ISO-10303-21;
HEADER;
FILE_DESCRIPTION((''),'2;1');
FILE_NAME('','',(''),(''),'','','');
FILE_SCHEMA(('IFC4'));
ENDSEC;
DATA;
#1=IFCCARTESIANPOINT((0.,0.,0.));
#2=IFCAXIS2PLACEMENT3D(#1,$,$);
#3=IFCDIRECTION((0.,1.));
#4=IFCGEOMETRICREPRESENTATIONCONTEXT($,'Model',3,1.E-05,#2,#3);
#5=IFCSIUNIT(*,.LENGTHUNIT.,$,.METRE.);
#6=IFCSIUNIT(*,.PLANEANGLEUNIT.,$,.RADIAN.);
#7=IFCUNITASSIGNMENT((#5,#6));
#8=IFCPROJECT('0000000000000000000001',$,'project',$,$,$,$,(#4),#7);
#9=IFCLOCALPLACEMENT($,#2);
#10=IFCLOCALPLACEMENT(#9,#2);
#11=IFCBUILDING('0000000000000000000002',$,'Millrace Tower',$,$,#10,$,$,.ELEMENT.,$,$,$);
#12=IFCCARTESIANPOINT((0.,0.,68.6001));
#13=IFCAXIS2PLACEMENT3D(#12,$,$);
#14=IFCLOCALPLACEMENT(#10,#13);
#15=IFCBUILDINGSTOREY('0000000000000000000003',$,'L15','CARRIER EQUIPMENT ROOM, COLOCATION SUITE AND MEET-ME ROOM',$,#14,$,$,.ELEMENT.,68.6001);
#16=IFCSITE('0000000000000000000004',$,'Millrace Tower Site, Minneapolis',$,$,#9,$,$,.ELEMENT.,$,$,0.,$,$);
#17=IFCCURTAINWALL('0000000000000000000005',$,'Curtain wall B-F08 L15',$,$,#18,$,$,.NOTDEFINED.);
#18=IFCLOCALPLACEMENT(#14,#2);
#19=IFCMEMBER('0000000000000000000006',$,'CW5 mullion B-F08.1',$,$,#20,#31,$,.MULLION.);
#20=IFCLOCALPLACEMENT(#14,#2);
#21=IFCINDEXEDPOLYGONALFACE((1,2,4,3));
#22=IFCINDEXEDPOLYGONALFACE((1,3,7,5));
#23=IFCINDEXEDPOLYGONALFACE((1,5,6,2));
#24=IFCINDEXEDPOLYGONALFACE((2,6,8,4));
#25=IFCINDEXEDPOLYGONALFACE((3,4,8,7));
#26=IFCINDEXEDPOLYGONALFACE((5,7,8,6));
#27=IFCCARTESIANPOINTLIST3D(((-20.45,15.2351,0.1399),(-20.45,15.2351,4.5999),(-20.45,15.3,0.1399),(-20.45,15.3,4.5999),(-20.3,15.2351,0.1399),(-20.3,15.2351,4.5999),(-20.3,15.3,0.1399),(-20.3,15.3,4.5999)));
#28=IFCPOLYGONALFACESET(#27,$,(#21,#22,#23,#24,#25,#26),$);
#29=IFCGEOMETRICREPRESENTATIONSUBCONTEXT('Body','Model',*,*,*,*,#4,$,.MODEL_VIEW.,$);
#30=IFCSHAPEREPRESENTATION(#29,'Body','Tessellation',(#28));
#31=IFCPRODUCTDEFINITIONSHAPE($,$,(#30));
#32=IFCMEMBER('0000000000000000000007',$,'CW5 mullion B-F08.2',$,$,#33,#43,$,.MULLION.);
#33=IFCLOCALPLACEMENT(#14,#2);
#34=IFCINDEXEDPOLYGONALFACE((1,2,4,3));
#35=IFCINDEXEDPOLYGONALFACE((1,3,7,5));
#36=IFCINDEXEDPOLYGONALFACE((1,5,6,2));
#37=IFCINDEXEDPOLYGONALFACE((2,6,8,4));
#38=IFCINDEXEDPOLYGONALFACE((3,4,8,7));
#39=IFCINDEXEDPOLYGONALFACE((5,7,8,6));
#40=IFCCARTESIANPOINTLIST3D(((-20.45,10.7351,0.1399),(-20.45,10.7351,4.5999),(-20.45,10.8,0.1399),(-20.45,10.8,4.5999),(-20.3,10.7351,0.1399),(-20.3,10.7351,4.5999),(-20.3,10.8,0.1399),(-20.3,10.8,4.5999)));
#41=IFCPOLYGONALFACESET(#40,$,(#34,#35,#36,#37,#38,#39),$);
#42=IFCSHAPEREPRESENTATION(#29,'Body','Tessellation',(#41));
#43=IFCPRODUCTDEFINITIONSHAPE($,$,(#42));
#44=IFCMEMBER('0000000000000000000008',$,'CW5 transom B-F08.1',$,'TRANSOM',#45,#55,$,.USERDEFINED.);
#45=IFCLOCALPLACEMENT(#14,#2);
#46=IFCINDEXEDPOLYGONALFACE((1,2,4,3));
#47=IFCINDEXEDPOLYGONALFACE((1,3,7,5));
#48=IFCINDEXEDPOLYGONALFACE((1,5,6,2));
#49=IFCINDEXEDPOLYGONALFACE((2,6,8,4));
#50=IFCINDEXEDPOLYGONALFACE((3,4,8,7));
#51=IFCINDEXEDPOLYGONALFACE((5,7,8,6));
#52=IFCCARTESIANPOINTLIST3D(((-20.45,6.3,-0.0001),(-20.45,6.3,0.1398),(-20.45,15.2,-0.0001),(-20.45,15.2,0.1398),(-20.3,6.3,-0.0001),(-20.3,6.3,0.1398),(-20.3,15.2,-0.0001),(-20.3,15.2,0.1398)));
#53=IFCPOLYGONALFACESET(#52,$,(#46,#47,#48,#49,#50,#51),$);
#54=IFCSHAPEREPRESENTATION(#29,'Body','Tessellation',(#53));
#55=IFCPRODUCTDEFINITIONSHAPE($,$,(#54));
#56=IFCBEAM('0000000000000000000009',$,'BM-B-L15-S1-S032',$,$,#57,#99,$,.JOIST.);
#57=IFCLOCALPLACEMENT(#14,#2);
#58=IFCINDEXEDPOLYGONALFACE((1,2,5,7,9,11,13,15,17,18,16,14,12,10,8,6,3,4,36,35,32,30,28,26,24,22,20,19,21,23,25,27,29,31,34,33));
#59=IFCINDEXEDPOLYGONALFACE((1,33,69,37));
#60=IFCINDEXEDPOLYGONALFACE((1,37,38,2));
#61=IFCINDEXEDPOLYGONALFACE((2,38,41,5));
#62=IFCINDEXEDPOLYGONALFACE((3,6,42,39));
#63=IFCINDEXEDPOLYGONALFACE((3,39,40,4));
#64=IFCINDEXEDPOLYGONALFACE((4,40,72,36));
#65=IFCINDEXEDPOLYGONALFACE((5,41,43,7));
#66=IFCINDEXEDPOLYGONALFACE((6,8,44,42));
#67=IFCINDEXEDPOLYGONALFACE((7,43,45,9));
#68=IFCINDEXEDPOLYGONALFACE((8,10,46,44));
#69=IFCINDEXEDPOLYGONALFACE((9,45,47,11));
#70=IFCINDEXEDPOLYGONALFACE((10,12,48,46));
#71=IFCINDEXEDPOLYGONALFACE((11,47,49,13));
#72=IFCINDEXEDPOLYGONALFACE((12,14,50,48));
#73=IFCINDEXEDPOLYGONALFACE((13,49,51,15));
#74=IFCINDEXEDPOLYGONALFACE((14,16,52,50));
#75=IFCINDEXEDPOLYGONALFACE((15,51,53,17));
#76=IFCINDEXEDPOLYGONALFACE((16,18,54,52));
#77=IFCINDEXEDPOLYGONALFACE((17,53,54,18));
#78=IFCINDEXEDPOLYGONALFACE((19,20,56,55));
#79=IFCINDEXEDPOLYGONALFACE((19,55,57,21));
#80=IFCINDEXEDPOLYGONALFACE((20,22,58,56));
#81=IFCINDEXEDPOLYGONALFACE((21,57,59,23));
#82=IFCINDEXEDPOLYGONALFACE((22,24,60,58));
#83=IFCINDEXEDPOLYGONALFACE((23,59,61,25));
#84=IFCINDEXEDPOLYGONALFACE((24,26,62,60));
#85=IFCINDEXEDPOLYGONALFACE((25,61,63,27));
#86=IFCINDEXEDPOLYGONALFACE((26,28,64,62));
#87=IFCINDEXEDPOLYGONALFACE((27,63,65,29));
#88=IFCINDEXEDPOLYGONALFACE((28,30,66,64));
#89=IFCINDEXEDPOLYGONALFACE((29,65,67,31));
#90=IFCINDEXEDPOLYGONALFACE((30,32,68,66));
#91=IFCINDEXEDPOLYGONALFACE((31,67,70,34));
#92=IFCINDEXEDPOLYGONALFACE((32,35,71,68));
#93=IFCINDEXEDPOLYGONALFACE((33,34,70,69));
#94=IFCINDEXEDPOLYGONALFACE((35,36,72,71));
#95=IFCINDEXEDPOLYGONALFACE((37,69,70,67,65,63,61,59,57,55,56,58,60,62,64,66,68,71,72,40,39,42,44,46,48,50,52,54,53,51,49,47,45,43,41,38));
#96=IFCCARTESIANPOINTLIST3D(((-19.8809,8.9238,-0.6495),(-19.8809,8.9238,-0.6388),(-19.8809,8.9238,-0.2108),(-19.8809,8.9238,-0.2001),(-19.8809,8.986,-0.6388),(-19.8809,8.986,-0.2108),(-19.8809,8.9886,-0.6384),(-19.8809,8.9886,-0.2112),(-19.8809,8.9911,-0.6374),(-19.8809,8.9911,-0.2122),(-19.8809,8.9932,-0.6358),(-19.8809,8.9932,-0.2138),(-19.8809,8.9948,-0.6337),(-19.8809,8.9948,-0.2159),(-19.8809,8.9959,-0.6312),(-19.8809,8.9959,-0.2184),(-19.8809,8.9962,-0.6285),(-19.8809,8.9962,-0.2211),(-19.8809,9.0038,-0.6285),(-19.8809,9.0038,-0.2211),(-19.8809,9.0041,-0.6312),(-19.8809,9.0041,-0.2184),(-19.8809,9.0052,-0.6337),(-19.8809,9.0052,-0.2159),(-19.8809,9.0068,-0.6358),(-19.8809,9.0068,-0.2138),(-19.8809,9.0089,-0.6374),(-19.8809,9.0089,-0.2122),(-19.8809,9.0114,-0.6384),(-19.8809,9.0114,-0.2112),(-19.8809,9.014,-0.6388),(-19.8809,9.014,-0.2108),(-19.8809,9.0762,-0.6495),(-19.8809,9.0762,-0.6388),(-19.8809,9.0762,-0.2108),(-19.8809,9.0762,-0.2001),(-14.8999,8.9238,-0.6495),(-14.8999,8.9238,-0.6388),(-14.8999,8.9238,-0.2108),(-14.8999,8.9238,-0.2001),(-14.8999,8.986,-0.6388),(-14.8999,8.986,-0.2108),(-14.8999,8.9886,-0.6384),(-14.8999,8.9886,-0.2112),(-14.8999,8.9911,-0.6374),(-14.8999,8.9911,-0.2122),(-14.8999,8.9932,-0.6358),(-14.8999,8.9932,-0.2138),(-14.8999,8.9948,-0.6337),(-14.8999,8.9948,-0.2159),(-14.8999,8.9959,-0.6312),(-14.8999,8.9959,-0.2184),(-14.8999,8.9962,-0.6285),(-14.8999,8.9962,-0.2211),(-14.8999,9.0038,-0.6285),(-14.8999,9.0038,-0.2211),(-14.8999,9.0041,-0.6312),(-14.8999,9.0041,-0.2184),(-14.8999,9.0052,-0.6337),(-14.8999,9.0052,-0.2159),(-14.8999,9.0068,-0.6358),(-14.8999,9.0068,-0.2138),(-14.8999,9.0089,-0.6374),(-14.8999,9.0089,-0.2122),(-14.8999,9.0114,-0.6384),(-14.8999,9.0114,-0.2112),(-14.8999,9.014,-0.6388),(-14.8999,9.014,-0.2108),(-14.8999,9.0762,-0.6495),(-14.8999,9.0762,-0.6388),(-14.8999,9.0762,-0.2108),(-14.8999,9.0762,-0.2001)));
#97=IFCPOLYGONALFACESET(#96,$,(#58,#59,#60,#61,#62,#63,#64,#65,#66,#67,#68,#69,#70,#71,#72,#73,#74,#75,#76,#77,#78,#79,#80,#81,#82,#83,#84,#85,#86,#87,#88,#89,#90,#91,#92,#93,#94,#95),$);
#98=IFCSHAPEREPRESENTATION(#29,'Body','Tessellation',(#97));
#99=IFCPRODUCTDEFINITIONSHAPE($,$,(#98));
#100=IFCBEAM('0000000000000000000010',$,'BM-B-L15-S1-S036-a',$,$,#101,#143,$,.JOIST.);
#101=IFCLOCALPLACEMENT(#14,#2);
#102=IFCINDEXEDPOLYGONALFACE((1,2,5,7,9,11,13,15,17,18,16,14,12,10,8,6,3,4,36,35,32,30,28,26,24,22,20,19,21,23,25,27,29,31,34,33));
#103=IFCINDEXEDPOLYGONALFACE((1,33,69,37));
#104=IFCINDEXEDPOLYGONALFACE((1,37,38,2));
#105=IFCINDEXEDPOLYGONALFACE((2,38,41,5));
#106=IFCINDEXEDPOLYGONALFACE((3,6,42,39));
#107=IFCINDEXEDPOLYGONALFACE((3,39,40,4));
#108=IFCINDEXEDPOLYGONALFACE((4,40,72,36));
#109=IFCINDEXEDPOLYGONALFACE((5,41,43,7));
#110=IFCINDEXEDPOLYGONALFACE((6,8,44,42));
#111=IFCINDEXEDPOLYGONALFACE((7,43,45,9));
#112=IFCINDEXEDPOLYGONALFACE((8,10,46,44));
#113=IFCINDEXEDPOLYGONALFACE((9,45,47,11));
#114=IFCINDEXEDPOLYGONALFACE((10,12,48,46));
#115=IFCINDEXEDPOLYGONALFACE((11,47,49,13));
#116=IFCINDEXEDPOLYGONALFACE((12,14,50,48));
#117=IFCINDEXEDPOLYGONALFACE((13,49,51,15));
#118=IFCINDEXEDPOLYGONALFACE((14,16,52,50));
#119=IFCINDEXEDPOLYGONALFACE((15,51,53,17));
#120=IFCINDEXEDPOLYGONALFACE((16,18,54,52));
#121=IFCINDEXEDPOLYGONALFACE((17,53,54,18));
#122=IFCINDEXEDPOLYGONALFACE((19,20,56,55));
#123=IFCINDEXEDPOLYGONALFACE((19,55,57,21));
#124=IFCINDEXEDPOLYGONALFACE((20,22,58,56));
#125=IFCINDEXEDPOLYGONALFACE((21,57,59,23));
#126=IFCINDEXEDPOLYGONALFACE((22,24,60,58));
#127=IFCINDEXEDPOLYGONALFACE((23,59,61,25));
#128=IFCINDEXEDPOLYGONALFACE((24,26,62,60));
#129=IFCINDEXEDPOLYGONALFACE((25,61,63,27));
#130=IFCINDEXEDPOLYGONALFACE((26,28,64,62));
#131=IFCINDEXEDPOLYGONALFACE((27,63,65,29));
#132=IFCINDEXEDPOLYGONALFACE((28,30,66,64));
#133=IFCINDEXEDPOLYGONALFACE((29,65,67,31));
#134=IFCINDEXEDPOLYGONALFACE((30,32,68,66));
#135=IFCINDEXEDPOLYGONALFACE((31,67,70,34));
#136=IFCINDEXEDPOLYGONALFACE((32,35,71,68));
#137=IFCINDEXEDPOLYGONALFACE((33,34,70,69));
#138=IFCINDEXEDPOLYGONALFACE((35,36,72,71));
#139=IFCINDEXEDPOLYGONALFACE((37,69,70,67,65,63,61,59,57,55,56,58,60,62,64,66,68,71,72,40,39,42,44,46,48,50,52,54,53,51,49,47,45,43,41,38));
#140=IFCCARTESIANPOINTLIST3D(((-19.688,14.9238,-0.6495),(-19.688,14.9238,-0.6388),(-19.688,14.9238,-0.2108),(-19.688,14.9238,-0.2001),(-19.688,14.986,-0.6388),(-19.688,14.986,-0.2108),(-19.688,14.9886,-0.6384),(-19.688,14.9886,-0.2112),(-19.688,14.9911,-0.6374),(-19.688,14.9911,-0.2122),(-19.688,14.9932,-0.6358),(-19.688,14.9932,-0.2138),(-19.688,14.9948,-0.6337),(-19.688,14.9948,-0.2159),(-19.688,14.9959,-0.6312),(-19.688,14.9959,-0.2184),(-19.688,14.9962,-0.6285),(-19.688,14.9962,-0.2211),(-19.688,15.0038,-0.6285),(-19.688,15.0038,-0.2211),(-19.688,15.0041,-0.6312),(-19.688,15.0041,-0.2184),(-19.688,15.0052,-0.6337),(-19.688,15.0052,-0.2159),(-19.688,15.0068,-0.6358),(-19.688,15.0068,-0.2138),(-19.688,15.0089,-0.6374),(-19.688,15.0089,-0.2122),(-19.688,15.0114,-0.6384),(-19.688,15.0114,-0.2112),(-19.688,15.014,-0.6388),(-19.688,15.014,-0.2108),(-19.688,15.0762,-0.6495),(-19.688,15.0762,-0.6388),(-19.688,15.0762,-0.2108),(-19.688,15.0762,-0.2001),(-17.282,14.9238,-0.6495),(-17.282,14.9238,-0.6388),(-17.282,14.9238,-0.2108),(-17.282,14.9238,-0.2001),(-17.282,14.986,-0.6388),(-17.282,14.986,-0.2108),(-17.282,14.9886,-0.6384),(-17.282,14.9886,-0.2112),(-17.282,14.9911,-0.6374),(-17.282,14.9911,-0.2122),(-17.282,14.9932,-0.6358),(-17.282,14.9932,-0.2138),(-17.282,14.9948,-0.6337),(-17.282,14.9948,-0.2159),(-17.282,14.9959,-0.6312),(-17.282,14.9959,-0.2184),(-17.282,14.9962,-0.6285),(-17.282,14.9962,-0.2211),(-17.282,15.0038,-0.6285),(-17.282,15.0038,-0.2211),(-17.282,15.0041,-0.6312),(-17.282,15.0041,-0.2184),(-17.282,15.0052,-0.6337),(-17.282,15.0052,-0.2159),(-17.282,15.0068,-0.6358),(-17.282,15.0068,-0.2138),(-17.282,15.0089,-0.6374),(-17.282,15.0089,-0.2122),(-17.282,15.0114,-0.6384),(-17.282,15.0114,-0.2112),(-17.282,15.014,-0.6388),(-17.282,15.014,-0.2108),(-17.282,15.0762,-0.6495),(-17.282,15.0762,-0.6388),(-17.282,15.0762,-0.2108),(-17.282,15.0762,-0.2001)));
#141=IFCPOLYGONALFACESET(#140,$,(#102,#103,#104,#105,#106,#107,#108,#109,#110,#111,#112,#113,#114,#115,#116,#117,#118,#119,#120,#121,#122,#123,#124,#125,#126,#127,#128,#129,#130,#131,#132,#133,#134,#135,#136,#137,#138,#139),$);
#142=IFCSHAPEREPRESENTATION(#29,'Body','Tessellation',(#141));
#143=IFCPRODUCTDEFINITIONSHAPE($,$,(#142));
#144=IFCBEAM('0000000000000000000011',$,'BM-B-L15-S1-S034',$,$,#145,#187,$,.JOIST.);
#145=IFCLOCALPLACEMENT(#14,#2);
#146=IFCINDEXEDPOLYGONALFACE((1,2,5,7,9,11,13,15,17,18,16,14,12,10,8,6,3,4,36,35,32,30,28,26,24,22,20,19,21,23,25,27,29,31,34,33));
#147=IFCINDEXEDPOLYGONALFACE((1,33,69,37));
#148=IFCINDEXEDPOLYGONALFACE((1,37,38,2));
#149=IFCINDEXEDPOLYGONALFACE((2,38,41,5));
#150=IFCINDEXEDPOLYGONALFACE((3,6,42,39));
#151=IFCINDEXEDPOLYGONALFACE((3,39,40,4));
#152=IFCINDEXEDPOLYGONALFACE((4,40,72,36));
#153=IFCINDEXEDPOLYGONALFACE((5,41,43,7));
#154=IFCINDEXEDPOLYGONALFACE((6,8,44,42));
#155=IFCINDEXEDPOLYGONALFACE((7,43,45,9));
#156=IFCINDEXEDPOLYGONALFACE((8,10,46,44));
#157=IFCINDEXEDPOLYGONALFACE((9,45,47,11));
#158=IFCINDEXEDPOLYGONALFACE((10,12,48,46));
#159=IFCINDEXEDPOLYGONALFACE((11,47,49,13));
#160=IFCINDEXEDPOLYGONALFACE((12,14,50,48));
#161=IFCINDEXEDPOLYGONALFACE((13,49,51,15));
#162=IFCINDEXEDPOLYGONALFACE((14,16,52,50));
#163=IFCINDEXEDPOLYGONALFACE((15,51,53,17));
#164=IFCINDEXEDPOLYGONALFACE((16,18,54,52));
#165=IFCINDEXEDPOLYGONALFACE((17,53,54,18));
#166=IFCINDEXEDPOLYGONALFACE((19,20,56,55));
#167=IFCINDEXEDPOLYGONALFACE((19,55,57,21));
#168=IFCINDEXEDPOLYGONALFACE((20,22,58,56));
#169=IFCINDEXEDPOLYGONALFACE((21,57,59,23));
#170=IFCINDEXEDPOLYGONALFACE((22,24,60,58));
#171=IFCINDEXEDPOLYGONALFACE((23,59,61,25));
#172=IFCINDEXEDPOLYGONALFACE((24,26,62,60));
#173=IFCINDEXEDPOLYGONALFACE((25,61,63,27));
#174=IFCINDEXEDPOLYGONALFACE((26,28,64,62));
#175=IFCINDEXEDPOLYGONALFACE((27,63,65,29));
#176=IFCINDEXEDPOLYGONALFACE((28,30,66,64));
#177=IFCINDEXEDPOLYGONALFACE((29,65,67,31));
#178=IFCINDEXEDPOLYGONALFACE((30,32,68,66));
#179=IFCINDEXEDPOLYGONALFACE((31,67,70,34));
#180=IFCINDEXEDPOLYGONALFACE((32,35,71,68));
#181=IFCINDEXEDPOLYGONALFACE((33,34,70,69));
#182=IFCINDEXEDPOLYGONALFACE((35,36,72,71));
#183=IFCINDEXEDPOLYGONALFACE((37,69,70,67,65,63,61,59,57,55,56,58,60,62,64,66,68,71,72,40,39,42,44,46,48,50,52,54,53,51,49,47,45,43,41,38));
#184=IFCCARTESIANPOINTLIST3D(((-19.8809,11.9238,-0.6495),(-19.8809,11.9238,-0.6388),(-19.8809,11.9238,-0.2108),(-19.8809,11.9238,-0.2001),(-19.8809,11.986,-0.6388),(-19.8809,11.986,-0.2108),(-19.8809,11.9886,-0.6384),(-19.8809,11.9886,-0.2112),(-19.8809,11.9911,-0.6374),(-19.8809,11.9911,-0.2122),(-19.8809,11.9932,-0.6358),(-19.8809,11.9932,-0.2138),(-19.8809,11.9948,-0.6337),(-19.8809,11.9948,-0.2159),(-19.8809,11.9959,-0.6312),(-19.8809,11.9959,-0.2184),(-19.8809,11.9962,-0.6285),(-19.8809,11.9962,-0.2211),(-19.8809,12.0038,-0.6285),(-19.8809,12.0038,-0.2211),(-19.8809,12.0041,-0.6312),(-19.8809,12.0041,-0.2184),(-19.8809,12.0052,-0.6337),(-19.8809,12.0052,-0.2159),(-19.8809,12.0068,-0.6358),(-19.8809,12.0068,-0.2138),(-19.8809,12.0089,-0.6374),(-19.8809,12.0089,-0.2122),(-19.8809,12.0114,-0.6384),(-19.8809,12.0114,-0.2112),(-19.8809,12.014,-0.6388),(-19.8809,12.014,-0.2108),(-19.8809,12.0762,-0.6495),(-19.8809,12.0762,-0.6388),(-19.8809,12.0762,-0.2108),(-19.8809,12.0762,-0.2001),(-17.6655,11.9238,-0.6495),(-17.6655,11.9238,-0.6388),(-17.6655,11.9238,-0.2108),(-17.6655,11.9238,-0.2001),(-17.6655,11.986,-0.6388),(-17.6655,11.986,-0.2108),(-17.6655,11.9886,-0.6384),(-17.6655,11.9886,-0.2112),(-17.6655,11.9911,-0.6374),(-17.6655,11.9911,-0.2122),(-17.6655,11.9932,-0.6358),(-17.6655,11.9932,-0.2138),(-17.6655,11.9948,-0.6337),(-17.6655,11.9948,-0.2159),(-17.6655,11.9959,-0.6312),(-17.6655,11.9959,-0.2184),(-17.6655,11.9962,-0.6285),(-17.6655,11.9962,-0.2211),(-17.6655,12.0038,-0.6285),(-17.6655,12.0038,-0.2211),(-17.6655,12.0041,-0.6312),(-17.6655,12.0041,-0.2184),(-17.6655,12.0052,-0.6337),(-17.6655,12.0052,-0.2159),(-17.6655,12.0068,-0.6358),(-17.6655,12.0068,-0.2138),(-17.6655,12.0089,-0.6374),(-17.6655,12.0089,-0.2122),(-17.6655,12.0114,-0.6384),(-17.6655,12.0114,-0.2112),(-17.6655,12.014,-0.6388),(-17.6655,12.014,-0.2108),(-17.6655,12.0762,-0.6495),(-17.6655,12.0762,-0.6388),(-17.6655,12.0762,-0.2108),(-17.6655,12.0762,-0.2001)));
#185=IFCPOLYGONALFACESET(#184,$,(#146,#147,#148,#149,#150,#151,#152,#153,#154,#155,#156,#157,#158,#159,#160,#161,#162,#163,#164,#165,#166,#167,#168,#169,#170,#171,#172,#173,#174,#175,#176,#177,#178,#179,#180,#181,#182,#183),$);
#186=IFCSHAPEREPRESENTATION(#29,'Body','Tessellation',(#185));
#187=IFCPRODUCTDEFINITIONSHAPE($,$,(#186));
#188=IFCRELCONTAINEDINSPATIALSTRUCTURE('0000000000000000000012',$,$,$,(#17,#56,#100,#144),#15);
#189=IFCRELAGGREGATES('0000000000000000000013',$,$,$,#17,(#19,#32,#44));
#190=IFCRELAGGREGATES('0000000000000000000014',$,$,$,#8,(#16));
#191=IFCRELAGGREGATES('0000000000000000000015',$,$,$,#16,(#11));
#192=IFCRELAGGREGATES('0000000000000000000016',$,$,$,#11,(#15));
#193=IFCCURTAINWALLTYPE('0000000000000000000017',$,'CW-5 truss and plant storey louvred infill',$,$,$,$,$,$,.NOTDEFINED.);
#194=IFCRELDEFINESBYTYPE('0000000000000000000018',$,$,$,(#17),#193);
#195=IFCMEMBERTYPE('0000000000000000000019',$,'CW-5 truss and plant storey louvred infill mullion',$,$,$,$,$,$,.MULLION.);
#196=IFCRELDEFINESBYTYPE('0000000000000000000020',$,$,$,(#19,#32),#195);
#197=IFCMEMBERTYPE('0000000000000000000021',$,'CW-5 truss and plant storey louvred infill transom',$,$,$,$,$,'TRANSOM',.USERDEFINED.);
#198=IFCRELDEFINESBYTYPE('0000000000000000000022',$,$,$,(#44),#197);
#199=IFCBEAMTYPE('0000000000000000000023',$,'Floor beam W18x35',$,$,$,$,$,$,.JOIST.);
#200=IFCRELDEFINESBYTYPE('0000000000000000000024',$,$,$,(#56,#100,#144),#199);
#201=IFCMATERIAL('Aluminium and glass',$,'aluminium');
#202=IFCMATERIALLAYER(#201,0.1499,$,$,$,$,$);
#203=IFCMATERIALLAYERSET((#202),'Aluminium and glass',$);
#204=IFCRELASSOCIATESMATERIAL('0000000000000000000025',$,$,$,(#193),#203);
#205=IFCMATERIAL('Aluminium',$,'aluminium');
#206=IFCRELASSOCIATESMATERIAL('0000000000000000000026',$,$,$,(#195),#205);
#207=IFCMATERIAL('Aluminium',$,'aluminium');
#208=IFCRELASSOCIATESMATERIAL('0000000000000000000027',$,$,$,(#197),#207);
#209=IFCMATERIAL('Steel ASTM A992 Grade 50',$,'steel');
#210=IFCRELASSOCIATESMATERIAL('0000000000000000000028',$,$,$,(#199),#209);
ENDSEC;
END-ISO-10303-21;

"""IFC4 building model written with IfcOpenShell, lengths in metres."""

from ifc_helpers import new_model, si_unit, direction, frame, origin, origin_2d, place, context, subcontext, project, spatial, rectangle, i_section, extrude, material, layer, layer_set, material_profile, profile_set, type_object, element, aggregate, save


model = new_model("IFC4")

# Units and contexts
model_context = context("Model", 3, precision=1e-05, world=origin(), true_north=direction((0.0, 1.0)))
body_context = subcontext(model_context, "Body", "Model", "MODEL_VIEW")
ifc_project = project(units=[si_unit("LENGTHUNIT", "METRE"), si_unit("PLANEANGLEUNIT", "RADIAN")], contexts=[model_context])

# Site, building, storey
site_placement = place(None, origin())
site = spatial("IfcSite", under=ifc_project, at=site_placement, Name="Millrace Tower Site, Minneapolis", CompositionType="ELEMENT", RefElevation=0.0)
building_placement = place(site_placement, origin())
building = spatial("IfcBuilding", under=site, at=building_placement, Name="Millrace Tower", CompositionType="ELEMENT")
storey_placement = place(building_placement, frame((0.0, 0.0, 68.6001)))
storey = spatial("IfcBuildingStorey", under=building, at=storey_placement, Name="L15", Description="CARRIER EQUIPMENT ROOM, COLOCATION SUITE AND MEET-ME ROOM", CompositionType="ELEMENT", Elevation=68.6001)

# Curtain wall, members
ifc_material_1 = material(Name="Aluminium and glass", Category="aluminium")
ifc_layer_1 = layer(ifc_material_1, 0.1499)
ifc_layer_set_1 = layer_set([ifc_layer_1], Name="Aluminium and glass")
curtain_wall_type = type_object("IfcCurtainWallType", Name="CW-5 truss and plant storey louvred infill", PredefinedType="NOTDEFINED", material=ifc_layer_set_1)
curtain_wall_placement = place(storey_placement, origin())
curtain_wall = element("IfcCurtainWall", 1, at=curtain_wall_placement, inside=storey, type_object=curtain_wall_type, Name="Curtain wall B-F08 L15", PredefinedType="NOTDEFINED")
ifc_material_2 = material(Name="Aluminium", Category="aluminium")
ifc_material_profile_1 = material_profile(ifc_material_2, rectangle(XDim=0.0649, YDim=0.1499, at=origin_2d()))
ifc_profile_set_1 = profile_set([ifc_material_profile_1], Name="Aluminium")
member_type_1 = type_object("IfcMemberType", Name="CW-5 truss and plant storey louvred infill mullion", PredefinedType="MULLION", material=ifc_profile_set_1)
member_1_placement = place(storey_placement, frame((-20.375, 15.2676, 0.1399), z_axis=(0.0, 0.0, 1.0), x_axis=(0.0, -1.0, 0.0)))
member_1 = element("IfcMember", 2, at=member_1_placement, type_object=member_type_1, Name="CW5 mullion B-F08.1", PredefinedType="MULLION", context=body_context, shape_type="SweptSolid", body=[
    extrude(rectangle(XDim=0.0649, YDim=0.1499, at=origin_2d()), origin(), (0.0, 0.0, 1.0), 4.46),
])
member_2_placement = place(storey_placement, frame((-20.375, 10.7676, 0.1399), z_axis=(0.0, 0.0, 1.0), x_axis=(0.0, -1.0, 0.0)))
member_2 = element("IfcMember", 3, at=member_2_placement, type_object=member_type_1, Name="CW5 mullion B-F08.2", PredefinedType="MULLION", context=body_context, shape_type="SweptSolid", body=[
    extrude(rectangle(XDim=0.0649, YDim=0.1499, at=origin_2d()), origin(), (0.0, 0.0, 1.0), 4.46),
])
ifc_material_3 = material(Name="Aluminium", Category="aluminium")
ifc_material_profile_2 = material_profile(ifc_material_3, rectangle(XDim=0.1499, YDim=0.1399, at=origin_2d()))
ifc_profile_set_2 = profile_set([ifc_material_profile_2], Name="Aluminium")
member_type_2 = type_object("IfcMemberType", Name="CW-5 truss and plant storey louvred infill transom", ElementType="TRANSOM", PredefinedType="USERDEFINED", material=ifc_profile_set_2)
member_3_placement = place(storey_placement, frame((-20.375, 15.2, 0.0698), z_axis=(0.0, -1.0, 0.0), x_axis=(1.0, 0.0, 0.0)))
member_3 = element("IfcMember", 4, at=member_3_placement, type_object=member_type_2, Name="CW5 transom B-F08.1", ObjectType="TRANSOM", PredefinedType="USERDEFINED", context=body_context, shape_type="SweptSolid", body=[
    extrude(rectangle(XDim=0.1499, YDim=0.1399, at=origin_2d()), origin(), (0.0, 0.0, 1.0), 8.8999),
])
aggregate(curtain_wall, [member_1, member_2, member_3])

# Beams
ifc_material_4 = material(Name="Steel ASTM A992 Grade 50", Category="steel")
ifc_material_profile_3 = material_profile(ifc_material_4, i_section(OverallWidth=0.1523, OverallDepth=0.4495, WebThickness=0.0076, FlangeThickness=0.0107, FilletRadius=0.0103, at=origin_2d()))
ifc_profile_set_3 = profile_set([ifc_material_profile_3], Name="Steel ASTM A992 Grade 50")
beam_type_1 = type_object("IfcBeamType", Name="Floor beam W18x35", PredefinedType="JOIST", material=ifc_profile_set_3)
beam_1_placement = place(storey_placement, frame((-19.8809, 9.0, -0.4248), z_axis=(1.0, 0.0, 0.0), x_axis=(0.0, 1.0, 0.0)))
element("IfcBeam", 5, at=beam_1_placement, inside=storey, type_object=beam_type_1, Name="BM-B-L15-S1-S032", PredefinedType="JOIST", context=body_context, shape_type="SweptSolid", body=[
    extrude(i_section(OverallWidth=0.1523, OverallDepth=0.4495, WebThickness=0.0076, FlangeThickness=0.0107, FilletRadius=0.0103, at=origin_2d()), origin(), (0.0, 0.0, 1.0), 4.981),
])
beam_2_placement = place(storey_placement, frame((-19.688, 15.0, -0.4248), z_axis=(1.0, 0.0, 0.0), x_axis=(0.0, 1.0, 0.0)))
element("IfcBeam", 6, at=beam_2_placement, inside=storey, type_object=beam_type_1, Name="BM-B-L15-S1-S036-a", PredefinedType="JOIST", context=body_context, shape_type="SweptSolid", body=[
    extrude(i_section(OverallWidth=0.1523, OverallDepth=0.4495, WebThickness=0.0076, FlangeThickness=0.0107, FilletRadius=0.0103, at=origin_2d()), origin(), (0.0, 0.0, 1.0), 2.406),
])
beam_3_placement = place(storey_placement, frame((-19.8809, 12.0, -0.4248), z_axis=(1.0, 0.0, 0.0), x_axis=(0.0, 1.0, 0.0)))
element("IfcBeam", 7, at=beam_3_placement, inside=storey, type_object=beam_type_1, Name="BM-B-L15-S1-S034", PredefinedType="JOIST", context=body_context, shape_type="SweptSolid", body=[
    extrude(i_section(OverallWidth=0.1523, OverallDepth=0.4495, WebThickness=0.0076, FlangeThickness=0.0107, FilletRadius=0.0103, at=origin_2d()), origin(), (0.0, 0.0, 1.0), 2.2153),
])

save(model, "model.ifc")
